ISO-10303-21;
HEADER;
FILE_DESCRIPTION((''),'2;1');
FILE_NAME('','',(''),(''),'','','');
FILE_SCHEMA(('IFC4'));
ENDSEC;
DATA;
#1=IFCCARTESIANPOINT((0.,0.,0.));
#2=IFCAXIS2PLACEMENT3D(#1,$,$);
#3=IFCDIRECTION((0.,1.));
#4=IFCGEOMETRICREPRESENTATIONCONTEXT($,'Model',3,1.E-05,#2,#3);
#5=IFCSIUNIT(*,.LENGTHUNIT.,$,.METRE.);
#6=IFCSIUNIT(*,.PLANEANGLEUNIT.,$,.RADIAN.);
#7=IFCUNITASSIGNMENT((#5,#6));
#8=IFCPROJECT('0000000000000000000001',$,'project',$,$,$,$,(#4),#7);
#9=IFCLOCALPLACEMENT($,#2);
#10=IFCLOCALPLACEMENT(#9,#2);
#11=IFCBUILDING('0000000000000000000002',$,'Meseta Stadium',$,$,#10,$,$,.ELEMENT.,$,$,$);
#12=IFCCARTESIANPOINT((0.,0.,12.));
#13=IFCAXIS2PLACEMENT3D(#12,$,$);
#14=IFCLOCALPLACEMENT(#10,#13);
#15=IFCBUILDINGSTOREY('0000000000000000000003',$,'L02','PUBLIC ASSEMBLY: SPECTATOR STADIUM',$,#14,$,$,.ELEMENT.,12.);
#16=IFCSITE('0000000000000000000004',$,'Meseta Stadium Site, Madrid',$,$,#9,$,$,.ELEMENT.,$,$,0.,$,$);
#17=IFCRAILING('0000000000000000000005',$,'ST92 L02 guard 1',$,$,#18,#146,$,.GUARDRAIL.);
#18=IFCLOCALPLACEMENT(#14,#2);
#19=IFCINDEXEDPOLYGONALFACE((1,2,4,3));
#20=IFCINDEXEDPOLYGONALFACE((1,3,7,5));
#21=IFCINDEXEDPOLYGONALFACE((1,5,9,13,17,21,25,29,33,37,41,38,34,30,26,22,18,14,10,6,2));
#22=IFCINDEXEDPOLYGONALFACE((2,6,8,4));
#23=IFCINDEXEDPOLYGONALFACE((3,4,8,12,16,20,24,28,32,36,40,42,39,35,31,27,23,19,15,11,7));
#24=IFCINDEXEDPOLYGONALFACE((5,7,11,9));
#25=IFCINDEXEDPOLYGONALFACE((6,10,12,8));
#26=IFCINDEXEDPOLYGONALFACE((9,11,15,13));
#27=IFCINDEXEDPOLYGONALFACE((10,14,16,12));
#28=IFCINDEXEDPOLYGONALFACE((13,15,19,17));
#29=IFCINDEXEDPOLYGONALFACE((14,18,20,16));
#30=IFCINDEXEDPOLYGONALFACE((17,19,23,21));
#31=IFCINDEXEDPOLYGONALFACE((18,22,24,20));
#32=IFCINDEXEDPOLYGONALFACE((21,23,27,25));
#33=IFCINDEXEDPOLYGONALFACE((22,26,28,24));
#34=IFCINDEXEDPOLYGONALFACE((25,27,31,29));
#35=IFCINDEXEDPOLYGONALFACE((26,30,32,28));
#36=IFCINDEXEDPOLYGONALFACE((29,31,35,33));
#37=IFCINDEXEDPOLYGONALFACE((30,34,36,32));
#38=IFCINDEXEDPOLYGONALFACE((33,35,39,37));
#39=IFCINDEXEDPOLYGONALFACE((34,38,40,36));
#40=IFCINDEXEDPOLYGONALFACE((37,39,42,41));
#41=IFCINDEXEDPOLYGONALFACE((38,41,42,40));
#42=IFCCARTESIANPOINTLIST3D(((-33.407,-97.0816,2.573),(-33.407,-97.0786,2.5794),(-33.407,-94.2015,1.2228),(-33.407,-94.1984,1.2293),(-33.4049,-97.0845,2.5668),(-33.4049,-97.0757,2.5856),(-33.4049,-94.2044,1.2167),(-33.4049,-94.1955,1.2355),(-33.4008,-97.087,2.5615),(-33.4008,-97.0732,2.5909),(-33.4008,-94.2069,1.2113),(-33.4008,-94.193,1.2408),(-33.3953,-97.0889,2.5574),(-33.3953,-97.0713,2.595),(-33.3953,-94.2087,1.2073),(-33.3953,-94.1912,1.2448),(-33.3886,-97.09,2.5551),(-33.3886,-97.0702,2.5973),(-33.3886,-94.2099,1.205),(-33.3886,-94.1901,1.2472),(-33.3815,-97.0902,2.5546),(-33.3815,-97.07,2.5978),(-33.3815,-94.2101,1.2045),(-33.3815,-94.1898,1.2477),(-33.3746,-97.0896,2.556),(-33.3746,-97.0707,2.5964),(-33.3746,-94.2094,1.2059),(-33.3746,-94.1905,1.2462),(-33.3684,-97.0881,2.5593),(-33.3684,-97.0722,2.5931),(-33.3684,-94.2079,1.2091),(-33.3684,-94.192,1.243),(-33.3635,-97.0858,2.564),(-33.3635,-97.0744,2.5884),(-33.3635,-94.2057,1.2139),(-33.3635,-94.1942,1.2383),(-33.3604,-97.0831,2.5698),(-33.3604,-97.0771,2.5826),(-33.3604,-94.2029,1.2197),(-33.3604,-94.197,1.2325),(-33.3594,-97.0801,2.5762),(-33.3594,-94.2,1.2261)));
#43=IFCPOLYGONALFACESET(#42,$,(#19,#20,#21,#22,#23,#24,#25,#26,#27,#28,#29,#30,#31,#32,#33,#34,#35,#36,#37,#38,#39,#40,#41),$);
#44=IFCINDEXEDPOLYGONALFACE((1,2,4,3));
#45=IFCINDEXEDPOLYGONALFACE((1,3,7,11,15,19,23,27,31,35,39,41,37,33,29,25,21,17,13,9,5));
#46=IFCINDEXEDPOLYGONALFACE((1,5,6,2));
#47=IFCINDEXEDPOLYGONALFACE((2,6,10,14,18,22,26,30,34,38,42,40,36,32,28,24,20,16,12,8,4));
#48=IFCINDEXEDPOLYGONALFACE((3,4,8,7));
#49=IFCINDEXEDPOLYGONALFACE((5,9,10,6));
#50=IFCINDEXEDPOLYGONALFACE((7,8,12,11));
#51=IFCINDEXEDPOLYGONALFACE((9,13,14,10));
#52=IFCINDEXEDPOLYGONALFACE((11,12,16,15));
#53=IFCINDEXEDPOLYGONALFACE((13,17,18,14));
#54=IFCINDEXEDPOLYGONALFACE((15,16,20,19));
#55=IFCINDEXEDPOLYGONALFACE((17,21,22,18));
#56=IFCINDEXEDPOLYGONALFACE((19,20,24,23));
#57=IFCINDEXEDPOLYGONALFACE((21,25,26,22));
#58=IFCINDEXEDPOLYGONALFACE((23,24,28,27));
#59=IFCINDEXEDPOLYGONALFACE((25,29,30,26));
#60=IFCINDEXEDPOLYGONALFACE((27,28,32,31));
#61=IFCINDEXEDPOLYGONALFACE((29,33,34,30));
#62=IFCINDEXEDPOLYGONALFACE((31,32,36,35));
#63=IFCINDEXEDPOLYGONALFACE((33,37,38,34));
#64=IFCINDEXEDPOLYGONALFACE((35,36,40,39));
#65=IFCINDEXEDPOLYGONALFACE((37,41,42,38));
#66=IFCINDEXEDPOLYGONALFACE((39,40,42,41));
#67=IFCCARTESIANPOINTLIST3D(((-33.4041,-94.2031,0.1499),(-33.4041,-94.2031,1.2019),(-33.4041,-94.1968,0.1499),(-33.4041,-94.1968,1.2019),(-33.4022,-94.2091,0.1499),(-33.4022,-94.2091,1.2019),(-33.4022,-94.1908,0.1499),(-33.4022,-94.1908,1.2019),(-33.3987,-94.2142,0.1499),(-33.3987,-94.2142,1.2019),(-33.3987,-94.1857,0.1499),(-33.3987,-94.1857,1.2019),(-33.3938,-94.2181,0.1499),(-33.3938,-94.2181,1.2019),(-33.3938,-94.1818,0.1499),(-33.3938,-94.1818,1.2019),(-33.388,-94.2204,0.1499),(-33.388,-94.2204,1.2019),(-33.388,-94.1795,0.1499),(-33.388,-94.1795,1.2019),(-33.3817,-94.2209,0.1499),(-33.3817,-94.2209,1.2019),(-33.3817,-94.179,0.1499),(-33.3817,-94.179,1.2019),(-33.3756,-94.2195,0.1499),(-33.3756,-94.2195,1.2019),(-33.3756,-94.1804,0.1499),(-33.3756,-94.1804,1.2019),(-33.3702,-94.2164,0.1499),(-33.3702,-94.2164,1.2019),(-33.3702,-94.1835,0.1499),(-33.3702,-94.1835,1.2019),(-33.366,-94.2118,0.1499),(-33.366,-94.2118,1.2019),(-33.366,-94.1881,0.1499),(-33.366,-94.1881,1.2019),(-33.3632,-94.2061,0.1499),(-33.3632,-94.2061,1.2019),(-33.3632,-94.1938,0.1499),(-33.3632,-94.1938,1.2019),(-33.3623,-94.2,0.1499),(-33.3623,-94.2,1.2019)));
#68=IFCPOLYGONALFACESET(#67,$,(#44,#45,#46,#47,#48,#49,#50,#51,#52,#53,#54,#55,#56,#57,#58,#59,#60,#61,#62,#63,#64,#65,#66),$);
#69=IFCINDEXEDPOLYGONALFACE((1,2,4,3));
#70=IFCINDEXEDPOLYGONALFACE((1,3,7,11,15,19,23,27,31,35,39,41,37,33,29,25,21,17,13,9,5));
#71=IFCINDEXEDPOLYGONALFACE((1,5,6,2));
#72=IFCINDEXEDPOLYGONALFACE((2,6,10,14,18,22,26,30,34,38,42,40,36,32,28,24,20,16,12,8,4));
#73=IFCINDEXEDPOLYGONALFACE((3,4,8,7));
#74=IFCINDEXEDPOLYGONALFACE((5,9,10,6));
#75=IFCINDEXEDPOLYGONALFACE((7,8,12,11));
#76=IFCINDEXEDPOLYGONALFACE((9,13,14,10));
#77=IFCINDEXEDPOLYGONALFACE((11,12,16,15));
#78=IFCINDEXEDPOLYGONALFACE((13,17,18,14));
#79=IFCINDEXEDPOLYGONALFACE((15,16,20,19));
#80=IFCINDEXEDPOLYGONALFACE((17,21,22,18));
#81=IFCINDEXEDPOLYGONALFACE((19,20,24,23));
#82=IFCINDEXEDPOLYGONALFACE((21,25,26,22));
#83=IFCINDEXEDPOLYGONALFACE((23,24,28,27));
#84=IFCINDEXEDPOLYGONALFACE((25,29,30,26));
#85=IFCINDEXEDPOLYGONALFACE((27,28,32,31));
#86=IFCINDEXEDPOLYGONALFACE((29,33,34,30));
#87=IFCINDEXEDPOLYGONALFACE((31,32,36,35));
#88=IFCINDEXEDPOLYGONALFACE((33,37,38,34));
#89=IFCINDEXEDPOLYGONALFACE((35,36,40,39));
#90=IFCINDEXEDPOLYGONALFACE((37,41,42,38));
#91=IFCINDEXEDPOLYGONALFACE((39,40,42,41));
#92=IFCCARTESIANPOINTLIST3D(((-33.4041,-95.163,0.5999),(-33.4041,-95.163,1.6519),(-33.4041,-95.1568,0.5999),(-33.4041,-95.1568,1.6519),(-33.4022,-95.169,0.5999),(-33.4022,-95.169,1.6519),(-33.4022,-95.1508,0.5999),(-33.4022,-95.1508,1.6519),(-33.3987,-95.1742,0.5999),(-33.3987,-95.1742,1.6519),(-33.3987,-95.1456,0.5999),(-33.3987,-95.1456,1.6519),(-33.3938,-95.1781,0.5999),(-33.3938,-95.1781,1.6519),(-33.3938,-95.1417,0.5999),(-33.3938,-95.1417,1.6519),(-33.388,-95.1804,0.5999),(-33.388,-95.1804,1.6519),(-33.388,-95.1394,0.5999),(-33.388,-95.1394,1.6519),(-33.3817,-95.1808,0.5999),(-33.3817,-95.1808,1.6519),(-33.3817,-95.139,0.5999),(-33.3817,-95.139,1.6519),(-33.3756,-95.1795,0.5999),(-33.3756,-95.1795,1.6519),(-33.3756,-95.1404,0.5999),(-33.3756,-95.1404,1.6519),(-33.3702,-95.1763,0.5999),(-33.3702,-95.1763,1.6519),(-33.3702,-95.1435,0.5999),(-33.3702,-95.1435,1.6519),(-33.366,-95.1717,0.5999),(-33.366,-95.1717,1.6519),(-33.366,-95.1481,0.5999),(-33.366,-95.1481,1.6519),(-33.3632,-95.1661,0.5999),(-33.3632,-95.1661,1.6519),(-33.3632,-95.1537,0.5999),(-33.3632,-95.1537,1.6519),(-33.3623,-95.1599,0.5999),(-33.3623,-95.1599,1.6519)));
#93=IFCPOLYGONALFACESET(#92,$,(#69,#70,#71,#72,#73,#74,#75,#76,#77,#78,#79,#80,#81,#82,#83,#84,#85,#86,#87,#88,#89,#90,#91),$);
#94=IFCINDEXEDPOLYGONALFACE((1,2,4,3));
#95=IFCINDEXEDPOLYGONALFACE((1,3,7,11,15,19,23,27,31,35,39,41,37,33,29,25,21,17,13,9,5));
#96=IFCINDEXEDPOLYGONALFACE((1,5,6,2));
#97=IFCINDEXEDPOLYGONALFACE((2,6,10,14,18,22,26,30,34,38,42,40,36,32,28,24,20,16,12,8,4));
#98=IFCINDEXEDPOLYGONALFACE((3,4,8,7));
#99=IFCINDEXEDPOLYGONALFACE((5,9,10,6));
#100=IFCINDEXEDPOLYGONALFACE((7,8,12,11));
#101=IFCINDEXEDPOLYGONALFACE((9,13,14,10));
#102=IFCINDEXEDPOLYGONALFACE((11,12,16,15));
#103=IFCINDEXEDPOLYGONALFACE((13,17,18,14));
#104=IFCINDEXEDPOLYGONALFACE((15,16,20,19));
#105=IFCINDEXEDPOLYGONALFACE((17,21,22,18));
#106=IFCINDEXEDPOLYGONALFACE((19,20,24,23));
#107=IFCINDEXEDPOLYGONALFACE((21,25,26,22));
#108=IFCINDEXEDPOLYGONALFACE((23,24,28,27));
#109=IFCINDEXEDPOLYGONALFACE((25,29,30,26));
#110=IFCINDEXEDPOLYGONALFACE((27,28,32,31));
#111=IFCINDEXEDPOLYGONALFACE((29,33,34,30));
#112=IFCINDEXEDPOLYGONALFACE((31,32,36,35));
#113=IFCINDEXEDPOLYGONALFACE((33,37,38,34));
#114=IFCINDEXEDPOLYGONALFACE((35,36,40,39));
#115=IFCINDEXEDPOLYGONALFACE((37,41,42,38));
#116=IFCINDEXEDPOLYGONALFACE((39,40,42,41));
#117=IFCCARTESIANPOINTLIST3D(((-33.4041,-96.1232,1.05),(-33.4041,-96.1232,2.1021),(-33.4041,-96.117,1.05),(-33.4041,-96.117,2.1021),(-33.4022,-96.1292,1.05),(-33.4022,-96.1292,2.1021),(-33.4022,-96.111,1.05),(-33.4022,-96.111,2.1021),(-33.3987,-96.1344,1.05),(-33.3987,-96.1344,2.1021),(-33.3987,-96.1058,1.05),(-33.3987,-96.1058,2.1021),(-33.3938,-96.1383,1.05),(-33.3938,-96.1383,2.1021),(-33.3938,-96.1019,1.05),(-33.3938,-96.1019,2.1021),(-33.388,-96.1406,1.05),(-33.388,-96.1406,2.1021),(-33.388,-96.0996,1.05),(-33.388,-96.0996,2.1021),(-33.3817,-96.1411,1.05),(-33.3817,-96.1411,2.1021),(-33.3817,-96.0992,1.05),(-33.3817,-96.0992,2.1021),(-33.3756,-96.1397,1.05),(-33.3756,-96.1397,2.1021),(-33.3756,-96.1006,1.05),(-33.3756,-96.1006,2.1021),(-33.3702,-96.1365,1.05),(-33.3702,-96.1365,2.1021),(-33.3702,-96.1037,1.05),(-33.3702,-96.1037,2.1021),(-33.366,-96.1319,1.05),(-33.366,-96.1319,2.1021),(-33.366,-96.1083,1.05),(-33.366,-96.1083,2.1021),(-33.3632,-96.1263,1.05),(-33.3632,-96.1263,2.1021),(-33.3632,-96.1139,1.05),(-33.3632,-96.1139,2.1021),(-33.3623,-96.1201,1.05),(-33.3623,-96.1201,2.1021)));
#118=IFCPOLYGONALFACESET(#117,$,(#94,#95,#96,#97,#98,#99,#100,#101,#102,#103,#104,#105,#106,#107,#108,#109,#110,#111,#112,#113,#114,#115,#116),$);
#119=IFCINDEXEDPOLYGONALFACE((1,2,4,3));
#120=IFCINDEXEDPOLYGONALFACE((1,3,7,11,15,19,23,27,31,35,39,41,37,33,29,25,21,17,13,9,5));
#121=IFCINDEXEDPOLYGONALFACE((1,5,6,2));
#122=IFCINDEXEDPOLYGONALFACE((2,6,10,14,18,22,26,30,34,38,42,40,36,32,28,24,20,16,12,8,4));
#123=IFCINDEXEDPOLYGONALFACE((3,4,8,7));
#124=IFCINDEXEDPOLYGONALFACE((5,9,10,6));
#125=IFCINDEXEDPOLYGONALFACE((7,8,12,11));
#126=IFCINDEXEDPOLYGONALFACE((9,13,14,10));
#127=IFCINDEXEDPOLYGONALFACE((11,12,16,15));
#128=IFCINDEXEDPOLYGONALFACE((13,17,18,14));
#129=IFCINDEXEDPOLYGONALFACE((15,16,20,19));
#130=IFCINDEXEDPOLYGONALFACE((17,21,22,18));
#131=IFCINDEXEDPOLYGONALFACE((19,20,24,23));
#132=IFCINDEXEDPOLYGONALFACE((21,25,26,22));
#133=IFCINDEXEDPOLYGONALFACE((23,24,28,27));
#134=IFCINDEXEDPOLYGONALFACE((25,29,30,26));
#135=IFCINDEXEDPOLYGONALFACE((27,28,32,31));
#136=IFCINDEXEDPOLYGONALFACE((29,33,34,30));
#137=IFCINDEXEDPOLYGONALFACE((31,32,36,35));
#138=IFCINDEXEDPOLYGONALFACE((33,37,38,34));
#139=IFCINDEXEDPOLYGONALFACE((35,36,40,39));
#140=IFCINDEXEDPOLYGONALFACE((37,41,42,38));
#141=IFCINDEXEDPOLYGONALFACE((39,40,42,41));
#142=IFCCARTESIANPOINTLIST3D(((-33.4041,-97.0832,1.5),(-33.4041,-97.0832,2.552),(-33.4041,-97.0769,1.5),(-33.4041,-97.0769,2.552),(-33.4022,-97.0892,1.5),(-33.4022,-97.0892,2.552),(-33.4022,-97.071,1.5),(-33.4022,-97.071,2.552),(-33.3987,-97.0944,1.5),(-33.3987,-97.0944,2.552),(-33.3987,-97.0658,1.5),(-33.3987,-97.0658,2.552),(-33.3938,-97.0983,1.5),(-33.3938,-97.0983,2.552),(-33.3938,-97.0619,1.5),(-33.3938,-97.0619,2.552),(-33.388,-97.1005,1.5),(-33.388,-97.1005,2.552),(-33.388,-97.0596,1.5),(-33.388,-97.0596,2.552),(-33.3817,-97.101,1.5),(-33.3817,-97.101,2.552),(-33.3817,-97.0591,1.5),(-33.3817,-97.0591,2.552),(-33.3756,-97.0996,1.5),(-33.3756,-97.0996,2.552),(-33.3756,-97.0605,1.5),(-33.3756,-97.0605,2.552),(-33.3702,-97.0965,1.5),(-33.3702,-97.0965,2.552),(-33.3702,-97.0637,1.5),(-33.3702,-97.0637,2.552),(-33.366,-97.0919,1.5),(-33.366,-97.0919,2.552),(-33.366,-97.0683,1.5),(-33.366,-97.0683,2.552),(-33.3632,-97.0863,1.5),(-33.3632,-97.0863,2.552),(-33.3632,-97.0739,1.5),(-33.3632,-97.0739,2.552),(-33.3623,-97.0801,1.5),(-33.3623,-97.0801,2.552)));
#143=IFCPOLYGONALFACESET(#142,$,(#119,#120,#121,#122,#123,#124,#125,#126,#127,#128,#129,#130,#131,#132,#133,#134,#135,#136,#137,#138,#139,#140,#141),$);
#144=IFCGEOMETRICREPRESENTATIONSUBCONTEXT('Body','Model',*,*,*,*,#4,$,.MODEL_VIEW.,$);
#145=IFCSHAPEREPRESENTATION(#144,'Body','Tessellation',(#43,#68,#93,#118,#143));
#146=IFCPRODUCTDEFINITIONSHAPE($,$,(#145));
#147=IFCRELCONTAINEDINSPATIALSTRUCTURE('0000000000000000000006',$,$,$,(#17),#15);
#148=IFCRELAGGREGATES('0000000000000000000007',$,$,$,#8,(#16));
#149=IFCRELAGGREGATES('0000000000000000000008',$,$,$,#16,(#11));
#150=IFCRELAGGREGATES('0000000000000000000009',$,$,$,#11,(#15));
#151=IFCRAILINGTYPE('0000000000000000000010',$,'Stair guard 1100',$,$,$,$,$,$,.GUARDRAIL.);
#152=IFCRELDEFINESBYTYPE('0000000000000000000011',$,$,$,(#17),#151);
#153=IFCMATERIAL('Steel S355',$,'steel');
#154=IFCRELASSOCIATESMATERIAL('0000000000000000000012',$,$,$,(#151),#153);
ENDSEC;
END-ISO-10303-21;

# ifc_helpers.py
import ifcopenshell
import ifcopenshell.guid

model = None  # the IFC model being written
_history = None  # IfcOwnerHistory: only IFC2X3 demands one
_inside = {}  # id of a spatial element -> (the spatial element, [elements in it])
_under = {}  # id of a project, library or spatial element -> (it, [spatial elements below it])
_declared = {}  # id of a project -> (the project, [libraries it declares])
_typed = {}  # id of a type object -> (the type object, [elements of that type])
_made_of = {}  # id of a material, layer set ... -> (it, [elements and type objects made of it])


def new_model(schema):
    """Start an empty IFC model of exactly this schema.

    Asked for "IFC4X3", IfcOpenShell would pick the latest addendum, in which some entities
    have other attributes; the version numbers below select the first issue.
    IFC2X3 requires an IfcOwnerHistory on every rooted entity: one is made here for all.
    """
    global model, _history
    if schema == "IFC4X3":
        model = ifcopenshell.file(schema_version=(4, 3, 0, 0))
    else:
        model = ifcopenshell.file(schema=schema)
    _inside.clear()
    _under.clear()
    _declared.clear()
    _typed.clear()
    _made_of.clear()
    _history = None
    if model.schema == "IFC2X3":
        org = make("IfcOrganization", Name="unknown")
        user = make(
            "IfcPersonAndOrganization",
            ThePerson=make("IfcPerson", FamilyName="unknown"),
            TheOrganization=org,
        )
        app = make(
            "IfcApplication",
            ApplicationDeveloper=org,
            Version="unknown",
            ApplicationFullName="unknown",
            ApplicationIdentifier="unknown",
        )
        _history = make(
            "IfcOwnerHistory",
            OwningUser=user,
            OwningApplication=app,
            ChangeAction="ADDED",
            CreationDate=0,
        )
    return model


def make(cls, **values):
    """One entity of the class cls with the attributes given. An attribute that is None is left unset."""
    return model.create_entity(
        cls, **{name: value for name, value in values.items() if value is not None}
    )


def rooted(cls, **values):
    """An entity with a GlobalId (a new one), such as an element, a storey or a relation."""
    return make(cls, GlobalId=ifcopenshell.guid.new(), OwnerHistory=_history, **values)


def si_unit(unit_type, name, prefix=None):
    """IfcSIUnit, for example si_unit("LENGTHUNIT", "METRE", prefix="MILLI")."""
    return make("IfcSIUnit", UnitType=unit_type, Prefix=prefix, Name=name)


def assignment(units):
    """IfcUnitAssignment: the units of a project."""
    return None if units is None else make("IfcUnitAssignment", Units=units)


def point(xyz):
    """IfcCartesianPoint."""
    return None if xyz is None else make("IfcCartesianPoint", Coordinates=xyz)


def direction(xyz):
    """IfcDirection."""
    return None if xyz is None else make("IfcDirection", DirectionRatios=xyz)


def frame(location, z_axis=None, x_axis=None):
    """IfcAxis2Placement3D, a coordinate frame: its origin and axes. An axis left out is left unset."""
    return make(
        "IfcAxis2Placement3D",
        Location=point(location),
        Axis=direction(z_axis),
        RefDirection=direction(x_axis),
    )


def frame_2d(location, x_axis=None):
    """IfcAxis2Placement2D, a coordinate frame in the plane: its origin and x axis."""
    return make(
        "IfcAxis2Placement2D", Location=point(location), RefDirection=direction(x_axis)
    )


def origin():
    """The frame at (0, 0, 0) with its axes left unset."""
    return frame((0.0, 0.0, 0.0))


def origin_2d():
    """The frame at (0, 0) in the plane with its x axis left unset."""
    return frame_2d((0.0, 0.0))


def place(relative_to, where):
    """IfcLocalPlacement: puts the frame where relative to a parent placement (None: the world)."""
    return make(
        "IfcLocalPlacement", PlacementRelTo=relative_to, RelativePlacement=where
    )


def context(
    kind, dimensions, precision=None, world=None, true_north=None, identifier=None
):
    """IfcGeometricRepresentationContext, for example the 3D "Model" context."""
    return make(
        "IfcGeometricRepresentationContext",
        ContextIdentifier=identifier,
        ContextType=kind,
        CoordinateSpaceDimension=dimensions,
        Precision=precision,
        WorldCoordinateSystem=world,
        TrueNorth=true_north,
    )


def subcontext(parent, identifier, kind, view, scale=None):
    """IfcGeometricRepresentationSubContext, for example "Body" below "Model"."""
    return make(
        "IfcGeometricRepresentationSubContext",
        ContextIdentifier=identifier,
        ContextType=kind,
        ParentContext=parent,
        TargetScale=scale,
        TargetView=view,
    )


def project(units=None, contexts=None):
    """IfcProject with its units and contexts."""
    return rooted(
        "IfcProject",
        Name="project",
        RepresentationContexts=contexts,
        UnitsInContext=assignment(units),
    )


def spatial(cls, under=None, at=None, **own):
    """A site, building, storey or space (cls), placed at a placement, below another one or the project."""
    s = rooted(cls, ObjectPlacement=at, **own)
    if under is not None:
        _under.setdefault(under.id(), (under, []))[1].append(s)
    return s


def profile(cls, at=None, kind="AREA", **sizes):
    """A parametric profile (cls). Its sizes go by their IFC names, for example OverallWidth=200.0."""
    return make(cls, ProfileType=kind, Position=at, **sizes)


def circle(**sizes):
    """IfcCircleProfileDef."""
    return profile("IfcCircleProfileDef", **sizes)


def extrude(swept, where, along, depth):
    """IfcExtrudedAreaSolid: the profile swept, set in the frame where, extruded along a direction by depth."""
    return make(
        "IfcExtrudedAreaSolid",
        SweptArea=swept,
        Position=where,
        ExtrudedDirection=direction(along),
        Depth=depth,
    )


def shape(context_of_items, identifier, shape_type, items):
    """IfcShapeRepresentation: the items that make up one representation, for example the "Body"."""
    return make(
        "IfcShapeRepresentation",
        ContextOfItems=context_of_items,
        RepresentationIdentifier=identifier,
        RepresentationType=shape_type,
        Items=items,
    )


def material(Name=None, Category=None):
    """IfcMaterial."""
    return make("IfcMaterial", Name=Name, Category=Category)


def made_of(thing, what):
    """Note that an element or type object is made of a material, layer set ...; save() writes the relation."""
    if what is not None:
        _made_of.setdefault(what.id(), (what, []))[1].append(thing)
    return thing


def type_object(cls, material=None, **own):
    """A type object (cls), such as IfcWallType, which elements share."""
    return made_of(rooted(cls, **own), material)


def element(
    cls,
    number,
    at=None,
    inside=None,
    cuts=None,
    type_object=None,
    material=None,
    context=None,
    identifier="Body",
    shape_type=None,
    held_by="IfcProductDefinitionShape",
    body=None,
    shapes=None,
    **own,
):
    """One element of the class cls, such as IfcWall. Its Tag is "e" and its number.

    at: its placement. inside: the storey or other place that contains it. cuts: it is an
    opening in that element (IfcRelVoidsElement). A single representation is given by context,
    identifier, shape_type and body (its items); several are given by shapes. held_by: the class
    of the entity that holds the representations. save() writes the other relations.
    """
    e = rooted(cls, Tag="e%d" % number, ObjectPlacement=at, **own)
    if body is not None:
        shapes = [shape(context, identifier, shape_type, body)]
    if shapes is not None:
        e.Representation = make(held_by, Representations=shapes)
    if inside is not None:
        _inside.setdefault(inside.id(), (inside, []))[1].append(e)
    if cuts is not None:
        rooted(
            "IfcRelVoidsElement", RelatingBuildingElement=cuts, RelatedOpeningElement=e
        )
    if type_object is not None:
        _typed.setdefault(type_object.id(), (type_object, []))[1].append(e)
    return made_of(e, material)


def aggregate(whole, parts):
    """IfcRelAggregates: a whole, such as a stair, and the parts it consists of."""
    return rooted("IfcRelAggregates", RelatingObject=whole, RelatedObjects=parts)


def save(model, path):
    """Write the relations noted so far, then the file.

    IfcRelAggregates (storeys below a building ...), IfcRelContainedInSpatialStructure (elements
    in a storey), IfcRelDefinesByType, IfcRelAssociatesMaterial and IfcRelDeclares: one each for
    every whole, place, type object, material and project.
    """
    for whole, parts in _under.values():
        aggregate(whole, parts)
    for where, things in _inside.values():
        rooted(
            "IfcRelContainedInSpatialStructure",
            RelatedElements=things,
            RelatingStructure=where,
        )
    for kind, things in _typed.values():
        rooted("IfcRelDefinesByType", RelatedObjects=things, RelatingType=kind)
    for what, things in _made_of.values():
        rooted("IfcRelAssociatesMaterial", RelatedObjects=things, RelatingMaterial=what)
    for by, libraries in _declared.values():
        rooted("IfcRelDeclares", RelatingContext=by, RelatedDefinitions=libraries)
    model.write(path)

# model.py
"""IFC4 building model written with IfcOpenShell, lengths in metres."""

from ifc_helpers import new_model, si_unit, direction, frame, origin, origin_2d, place, context, subcontext, project, spatial, circle, extrude, material, type_object, element, save


model = new_model("IFC4")

# Units and contexts
model_context = context("Model", 3, precision=1e-05, world=origin(), true_north=direction((0.0, 1.0)))
body_context = subcontext(model_context, "Body", "Model", "MODEL_VIEW")
ifc_project = project(units=[si_unit("LENGTHUNIT", "METRE"), si_unit("PLANEANGLEUNIT", "RADIAN")], contexts=[model_context])

# Site, building, storey
site_placement = place(None, origin())
site = spatial("IfcSite", under=ifc_project, at=site_placement, Name="Meseta Stadium Site, Madrid", CompositionType="ELEMENT", RefElevation=0.0)
building_placement = place(site_placement, origin())
building = spatial("IfcBuilding", under=site, at=building_placement, Name="Meseta Stadium", CompositionType="ELEMENT")
storey_placement = place(building_placement, frame((0.0, 0.0, 12.0)))
storey = spatial("IfcBuildingStorey", under=building, at=storey_placement, Name="L02", Description="PUBLIC ASSEMBLY: SPECTATOR STADIUM", CompositionType="ELEMENT", Elevation=12.0)

# Railing
ifc_material_1 = material(Name="Steel S355", Category="steel")
railing_type_1 = type_object("IfcRailingType", Name="Stair guard 1100", PredefinedType="GUARDRAIL", material=ifc_material_1)
railing_1_placement = place(storey_placement, frame((-33.3833, -94.2, 0.1499)))
element("IfcRailing", 1, at=railing_1_placement, inside=storey, type_object=railing_type_1, Name="ST92 L02 guard 1", PredefinedType="GUARDRAIL", context=body_context, shape_type="SweptSolid", body=[
    extrude(circle(Radius=0.0239, at=origin_2d()), frame((0.0, 0.0, 1.0762), z_axis=(0.0, -0.905454, 0.424444), x_axis=(1.0, 0.0, 0.0)), (0.0, 0.0, 1.0), 3.1809),
    extrude(circle(Radius=0.021, at=origin_2d()), origin(), (0.0, 0.0, 1.0), 1.052),
    extrude(circle(Radius=0.021, at=origin_2d()), frame((0.0, -0.96, 0.45)), (0.0, 0.0, 1.0), 1.052),
    extrude(circle(Radius=0.021, at=origin_2d()), frame((0.0, -1.9202, 0.9001)), (0.0, 0.0, 1.0), 1.052),
    extrude(circle(Radius=0.021, at=origin_2d()), frame((0.0, -2.8801, 1.3501)), (0.0, 0.0, 1.0), 1.052),
])

save(model, "model.ifc")
